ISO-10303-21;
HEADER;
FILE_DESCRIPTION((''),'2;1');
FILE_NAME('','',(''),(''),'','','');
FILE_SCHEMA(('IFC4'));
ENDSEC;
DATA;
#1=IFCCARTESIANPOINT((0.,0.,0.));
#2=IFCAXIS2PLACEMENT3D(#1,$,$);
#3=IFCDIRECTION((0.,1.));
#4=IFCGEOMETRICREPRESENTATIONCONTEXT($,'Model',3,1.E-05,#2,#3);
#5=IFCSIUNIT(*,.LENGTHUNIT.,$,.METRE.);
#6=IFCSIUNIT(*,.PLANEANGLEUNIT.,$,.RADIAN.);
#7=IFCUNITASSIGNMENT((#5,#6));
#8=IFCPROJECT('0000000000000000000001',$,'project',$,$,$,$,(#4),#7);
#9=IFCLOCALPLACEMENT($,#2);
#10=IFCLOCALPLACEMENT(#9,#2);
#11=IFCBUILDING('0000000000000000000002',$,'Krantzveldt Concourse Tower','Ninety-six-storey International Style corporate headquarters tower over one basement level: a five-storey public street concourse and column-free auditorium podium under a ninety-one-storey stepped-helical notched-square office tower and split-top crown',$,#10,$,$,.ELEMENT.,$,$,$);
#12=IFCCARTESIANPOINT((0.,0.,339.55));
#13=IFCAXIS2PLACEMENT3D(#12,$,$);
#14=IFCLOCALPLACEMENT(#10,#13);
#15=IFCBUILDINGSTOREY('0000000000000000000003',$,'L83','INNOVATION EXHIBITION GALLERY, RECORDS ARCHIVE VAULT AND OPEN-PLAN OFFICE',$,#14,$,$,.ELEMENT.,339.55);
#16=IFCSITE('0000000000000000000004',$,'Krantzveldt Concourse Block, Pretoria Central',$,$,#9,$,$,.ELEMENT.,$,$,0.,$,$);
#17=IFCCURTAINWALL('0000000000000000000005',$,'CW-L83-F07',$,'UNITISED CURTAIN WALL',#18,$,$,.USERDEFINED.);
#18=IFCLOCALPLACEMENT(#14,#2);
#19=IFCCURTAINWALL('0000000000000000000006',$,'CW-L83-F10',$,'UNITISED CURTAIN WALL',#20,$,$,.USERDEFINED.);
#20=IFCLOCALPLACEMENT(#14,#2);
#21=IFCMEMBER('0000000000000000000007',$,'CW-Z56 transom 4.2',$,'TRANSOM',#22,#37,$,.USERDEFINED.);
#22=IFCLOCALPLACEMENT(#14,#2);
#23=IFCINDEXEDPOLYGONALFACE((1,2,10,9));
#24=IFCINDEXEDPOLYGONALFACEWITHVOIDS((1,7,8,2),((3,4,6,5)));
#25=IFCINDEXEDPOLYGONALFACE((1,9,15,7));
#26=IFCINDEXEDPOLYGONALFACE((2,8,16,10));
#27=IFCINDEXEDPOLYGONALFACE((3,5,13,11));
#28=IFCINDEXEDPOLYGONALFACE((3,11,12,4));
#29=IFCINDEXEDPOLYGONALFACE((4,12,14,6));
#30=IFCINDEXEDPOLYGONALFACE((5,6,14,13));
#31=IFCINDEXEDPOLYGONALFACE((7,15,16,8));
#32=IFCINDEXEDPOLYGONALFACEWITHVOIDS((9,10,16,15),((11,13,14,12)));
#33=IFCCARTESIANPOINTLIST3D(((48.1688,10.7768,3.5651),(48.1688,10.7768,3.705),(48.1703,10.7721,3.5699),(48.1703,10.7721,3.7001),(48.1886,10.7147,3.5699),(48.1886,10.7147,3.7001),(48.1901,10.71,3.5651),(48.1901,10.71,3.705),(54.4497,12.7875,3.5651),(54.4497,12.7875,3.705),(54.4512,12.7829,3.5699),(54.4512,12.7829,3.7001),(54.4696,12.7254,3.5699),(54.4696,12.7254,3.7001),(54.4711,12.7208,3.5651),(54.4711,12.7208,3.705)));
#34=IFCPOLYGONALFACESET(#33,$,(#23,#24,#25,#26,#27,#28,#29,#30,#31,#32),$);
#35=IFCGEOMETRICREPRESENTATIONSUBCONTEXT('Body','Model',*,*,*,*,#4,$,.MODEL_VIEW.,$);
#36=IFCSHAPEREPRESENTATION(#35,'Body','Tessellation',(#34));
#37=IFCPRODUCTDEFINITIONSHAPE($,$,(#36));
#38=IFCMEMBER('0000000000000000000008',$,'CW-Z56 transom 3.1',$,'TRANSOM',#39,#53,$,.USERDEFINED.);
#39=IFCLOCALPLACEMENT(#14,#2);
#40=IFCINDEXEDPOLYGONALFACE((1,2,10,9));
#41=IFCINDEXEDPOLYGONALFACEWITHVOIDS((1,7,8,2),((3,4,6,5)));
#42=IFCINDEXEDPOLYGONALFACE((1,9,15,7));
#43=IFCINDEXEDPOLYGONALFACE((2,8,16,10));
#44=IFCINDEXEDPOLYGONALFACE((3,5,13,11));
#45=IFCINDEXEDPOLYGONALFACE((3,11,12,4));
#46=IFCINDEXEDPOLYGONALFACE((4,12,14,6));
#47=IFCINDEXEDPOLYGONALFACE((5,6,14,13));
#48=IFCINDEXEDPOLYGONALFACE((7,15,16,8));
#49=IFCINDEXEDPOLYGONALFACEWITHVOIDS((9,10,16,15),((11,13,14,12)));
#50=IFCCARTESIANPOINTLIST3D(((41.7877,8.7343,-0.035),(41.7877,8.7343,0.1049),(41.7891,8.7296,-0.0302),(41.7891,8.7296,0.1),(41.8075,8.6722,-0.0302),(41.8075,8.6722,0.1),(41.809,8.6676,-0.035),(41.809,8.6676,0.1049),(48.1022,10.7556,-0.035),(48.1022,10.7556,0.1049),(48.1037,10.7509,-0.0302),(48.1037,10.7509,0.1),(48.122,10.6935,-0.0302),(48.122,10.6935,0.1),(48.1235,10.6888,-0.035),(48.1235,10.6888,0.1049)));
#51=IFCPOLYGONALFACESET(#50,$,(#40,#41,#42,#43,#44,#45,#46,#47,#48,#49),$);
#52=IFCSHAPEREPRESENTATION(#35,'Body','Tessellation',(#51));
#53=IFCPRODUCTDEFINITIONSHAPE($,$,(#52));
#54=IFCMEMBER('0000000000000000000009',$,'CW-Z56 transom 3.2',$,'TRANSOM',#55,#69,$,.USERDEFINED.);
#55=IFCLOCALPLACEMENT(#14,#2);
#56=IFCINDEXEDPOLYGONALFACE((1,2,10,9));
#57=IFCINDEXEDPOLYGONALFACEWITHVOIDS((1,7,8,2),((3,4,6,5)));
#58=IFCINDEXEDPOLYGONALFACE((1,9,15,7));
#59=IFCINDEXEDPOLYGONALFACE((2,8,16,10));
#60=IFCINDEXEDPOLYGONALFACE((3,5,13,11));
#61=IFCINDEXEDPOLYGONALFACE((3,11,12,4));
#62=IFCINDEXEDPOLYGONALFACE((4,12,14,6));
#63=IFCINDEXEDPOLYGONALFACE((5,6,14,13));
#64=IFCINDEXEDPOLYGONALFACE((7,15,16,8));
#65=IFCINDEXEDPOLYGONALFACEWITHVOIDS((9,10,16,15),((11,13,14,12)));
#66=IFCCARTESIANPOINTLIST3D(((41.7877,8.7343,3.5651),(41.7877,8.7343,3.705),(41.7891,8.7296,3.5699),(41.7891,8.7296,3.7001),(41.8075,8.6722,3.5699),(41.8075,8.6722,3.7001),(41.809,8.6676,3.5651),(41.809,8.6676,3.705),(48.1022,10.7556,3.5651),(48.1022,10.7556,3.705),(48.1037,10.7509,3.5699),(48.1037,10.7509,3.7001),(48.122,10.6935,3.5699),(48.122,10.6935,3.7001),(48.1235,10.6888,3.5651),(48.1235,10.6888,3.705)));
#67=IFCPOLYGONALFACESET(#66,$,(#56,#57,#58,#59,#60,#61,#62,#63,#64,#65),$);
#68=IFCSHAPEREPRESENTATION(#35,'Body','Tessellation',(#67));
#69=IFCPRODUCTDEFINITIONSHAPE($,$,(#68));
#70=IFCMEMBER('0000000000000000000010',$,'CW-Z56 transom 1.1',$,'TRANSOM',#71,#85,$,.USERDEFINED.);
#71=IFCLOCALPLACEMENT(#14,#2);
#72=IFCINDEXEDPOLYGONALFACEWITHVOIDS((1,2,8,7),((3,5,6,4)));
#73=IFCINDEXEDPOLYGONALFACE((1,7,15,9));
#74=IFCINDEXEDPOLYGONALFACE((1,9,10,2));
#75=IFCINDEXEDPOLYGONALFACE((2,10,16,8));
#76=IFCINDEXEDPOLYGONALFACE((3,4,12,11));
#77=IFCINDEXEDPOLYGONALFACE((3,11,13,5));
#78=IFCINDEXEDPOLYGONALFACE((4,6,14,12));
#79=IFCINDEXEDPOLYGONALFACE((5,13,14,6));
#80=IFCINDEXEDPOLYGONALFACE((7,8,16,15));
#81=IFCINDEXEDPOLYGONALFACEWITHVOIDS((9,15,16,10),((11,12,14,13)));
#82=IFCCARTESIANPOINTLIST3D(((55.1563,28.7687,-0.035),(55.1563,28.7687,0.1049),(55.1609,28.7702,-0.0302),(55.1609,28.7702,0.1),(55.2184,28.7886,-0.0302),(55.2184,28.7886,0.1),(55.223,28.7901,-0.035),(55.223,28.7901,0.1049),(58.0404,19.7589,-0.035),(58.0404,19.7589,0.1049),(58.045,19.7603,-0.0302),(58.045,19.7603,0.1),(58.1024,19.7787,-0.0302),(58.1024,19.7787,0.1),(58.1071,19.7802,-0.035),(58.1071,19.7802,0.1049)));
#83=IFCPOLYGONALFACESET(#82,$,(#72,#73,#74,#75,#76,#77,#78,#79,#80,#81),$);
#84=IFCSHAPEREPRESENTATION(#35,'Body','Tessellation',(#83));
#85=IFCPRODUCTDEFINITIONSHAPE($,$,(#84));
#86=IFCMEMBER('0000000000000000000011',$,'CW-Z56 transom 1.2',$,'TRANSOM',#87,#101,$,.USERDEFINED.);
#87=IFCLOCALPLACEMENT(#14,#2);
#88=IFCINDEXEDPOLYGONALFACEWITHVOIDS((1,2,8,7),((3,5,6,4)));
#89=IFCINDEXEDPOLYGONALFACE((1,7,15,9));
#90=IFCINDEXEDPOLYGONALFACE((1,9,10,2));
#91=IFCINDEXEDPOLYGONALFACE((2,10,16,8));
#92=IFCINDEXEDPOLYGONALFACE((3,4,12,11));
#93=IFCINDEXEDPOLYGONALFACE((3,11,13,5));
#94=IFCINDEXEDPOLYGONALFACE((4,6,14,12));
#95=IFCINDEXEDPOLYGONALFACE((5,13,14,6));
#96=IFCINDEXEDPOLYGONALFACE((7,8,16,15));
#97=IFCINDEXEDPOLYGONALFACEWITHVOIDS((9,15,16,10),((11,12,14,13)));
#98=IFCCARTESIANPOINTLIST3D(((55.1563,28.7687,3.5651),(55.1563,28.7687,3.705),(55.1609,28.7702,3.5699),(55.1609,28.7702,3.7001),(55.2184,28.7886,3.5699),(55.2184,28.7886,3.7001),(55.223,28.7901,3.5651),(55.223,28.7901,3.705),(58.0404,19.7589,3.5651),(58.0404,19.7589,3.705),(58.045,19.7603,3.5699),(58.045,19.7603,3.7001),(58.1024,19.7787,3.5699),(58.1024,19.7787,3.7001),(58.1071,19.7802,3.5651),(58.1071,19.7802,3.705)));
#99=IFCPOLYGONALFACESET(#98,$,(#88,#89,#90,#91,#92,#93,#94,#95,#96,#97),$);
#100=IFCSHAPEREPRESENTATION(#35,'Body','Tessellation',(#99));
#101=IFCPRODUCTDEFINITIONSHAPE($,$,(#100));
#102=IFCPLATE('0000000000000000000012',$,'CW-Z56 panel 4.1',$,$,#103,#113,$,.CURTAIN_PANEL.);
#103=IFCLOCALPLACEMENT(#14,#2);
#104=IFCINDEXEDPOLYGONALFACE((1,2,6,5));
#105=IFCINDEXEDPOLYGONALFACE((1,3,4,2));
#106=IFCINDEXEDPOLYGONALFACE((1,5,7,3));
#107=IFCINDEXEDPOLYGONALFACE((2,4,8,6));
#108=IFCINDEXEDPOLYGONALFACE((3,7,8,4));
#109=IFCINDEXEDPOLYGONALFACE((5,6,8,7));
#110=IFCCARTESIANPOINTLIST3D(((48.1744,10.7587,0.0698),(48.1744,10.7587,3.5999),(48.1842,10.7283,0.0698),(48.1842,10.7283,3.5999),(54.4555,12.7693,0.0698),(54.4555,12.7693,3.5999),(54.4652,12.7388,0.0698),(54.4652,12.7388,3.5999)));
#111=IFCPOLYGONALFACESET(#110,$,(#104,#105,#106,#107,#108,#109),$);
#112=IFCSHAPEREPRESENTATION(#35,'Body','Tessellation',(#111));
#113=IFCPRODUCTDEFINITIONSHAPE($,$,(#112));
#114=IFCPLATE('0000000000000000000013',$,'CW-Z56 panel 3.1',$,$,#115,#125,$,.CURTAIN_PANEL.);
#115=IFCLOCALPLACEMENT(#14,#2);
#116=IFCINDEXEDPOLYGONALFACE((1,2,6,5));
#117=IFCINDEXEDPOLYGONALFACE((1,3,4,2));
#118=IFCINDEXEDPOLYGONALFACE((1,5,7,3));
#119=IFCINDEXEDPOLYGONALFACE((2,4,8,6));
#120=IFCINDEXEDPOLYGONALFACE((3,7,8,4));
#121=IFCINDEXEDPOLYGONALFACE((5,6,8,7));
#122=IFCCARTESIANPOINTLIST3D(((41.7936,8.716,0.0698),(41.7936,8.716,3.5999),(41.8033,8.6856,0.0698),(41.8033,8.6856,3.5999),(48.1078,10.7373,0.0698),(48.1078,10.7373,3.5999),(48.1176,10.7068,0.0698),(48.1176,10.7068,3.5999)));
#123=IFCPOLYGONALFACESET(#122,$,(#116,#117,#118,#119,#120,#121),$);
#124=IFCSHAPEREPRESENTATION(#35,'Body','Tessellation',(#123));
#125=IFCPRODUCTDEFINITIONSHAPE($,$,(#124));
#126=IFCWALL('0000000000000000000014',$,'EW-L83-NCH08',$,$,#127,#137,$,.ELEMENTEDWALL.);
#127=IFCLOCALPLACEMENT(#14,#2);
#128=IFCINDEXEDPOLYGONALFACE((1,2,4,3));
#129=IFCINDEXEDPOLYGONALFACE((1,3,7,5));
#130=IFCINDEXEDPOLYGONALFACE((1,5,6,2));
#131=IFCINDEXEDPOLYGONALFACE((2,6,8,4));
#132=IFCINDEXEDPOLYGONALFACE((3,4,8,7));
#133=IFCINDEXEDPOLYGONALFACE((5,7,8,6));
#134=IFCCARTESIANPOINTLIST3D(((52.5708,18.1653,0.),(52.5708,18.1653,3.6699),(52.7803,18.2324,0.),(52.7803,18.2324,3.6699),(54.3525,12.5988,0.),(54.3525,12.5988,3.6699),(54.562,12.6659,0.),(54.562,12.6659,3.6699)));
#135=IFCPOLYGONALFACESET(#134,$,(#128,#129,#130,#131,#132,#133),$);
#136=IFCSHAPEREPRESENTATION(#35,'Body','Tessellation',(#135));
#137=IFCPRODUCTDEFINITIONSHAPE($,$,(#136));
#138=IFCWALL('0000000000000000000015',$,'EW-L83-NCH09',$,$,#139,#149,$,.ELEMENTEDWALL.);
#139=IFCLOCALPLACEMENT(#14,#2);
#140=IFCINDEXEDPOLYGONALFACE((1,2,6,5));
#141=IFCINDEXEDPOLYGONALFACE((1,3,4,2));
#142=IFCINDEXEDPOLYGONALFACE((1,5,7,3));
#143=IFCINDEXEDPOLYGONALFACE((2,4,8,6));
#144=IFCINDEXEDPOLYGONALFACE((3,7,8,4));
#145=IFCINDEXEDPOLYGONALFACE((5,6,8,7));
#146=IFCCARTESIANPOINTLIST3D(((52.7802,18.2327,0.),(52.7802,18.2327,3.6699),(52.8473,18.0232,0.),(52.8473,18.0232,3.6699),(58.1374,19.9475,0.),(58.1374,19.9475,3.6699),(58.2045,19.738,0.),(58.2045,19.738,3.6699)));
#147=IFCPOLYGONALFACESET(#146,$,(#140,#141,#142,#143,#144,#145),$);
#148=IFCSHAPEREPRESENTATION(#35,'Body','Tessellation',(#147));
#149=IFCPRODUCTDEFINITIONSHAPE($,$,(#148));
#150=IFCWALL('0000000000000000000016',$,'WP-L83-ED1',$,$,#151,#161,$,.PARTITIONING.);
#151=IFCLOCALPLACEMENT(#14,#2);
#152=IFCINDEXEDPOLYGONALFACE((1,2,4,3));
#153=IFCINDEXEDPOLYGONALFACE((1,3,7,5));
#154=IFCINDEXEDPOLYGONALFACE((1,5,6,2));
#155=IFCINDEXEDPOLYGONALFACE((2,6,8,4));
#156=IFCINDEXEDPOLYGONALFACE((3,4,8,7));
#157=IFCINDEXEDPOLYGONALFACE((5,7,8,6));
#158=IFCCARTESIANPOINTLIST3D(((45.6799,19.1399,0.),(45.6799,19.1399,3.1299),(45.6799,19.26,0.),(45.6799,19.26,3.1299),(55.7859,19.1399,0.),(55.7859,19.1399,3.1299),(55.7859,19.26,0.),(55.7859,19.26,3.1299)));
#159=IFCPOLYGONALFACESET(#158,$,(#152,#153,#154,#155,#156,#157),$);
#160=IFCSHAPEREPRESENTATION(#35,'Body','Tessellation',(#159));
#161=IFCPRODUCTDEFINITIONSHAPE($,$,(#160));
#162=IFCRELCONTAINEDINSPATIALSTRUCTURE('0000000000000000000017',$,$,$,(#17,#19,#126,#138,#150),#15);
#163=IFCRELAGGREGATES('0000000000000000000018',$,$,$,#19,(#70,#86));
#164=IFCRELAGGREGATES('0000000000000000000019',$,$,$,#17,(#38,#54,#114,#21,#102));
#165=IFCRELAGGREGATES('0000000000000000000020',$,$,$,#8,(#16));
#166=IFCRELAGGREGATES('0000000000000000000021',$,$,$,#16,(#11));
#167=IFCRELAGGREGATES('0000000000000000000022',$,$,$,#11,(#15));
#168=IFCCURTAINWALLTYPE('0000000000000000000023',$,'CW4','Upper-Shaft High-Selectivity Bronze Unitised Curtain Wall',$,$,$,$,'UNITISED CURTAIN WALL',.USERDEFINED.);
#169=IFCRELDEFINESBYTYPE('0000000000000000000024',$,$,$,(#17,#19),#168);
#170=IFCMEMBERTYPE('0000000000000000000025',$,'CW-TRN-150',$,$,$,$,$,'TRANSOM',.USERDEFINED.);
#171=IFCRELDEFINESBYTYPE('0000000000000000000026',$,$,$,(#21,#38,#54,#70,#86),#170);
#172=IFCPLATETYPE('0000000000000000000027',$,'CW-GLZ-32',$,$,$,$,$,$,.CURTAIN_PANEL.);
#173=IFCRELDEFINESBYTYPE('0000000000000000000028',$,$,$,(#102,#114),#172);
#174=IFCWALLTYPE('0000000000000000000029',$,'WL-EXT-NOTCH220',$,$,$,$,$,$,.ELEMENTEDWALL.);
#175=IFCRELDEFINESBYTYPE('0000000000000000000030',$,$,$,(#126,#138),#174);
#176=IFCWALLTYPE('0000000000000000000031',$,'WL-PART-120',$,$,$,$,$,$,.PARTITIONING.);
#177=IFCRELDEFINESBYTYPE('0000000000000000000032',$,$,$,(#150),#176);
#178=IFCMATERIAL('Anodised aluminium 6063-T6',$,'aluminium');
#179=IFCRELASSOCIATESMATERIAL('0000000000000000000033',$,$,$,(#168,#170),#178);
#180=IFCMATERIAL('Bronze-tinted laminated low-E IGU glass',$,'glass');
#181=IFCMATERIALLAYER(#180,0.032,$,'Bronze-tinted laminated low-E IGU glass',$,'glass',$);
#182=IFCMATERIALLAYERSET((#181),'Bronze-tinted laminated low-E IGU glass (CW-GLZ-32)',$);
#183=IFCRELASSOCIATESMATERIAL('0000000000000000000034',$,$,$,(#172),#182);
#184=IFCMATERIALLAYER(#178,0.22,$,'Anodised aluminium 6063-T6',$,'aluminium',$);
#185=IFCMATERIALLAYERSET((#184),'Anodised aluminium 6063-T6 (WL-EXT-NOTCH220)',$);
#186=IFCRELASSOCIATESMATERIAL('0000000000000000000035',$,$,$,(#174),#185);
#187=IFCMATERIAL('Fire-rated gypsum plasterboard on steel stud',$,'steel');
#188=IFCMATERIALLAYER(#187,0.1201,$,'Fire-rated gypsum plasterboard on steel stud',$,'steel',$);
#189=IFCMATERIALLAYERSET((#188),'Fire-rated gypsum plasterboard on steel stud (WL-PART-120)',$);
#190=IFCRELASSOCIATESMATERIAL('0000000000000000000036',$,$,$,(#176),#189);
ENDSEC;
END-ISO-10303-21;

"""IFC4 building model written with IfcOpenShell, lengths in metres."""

from ifc_helpers import new_model, si_unit, direction, frame, frame_2d, origin, origin_2d, place, context, subcontext, project, spatial, rectangle, hollow_rectangle, extrude, source, transform, mapped, material, layer, layer_set, material_profile, profile_set, type_object, type_shapes, element, aggregate, save


model = new_model("IFC4")

# Units and contexts
model_context = context("Model", 3, precision=1e-05, world=origin(), true_north=direction((0.0, 1.0)))
body_context = subcontext(model_context, "Body", "Model", "MODEL_VIEW")
ifc_project = project(units=[si_unit("LENGTHUNIT", "METRE"), si_unit("PLANEANGLEUNIT", "RADIAN")], contexts=[model_context])

# Site, building, storey
site_placement = place(None, origin())
site = spatial("IfcSite", under=ifc_project, at=site_placement, Name="Krantzveldt Concourse Block, Pretoria Central", CompositionType="ELEMENT", RefElevation=0.0)
building_placement = place(site_placement, origin())
building = spatial("IfcBuilding", under=site, at=building_placement, Name="Krantzveldt Concourse Tower", Description="Ninety-six-storey International Style corporate headquarters tower over one basement level: a five-storey public street concourse and column-free auditorium podium under a ninety-one-storey stepped-helical notched-square office tower and split-top crown", CompositionType="ELEMENT")
storey_placement = place(building_placement, frame((0.0, 0.0, 339.55)))
storey = spatial("IfcBuildingStorey", under=building, at=storey_placement, Name="L83", Description="INNOVATION EXHIBITION GALLERY, RECORDS ARCHIVE VAULT AND OPEN-PLAN OFFICE", CompositionType="ELEMENT", Elevation=339.55)

# Curtain wall
ifc_material_1 = material(Name="Anodised aluminium 6063-T6", Category="aluminium")
curtain_wall_type = type_object("IfcCurtainWallType", Name="CW4", Description="Upper-Shaft High-Selectivity Bronze Unitised Curtain Wall", ElementType="UNITISED CURTAIN WALL", PredefinedType="USERDEFINED", material=ifc_material_1)
curtain_wall_1_placement = place(storey_placement, origin())
curtain_wall_1 = element("IfcCurtainWall", 1, at=curtain_wall_1_placement, inside=storey, type_object=curtain_wall_type, Name="CW-L83-F07", ObjectType="UNITISED CURTAIN WALL", PredefinedType="USERDEFINED")

# Curtain wall
curtain_wall_2_placement = place(storey_placement, origin())
curtain_wall_2 = element("IfcCurtainWall", 2, at=curtain_wall_2_placement, inside=storey, type_object=curtain_wall_type, Name="CW-L83-F10", ObjectType="UNITISED CURTAIN WALL", PredefinedType="USERDEFINED")

# Members
ifc_material_profile_1 = material_profile(ifc_material_1, hollow_rectangle(XDim=0.0701, YDim=0.1399, WallThickness=0.0049, at=origin_2d()), Name="Anodised aluminium 6063-T6", Category="aluminium")
ifc_profile_set_1 = profile_set([ifc_material_profile_1], Name="Anodised aluminium 6063-T6 - ALU-TRAN 140x70x5")
member_type_1 = type_object("IfcMemberType", Name="CW-TRN-150", ElementType="TRANSOM", PredefinedType="USERDEFINED", material=ifc_profile_set_1)
shared_shape_1 = source(origin(), body_context, "Body", "SweptSolid", [
    extrude(hollow_rectangle(XDim=0.0701, YDim=0.1399, WallThickness=0.0049, at=origin_2d()), origin(), (0.0, 0.0, 1.0), 6.595),
])
member_1_placement = place(storey_placement, frame((48.1794, 10.7434, 3.635), z_axis=(0.952388, 0.304889, 0.0), x_axis=(-0.304889, 0.952388, 0.0)))
member_1 = element("IfcMember", 3, at=member_1_placement, type_object=member_type_1, Name="CW-Z56 transom 4.2", ObjectType="TRANSOM", PredefinedType="USERDEFINED", context=body_context, shape_type="MappedRepresentation", body=[
    mapped(shared_shape_1, transform((0.0, 0.0, 0.0), x_axis=(1.0, 0.0, 0.0), y_axis=(0.0, 1.0, 0.0), z_axis=(0.0, 0.0, 1.0), scale=1.0)),
])
shared_shape_2 = source(origin(), body_context, "Body", "SweptSolid", [
    extrude(hollow_rectangle(XDim=0.0701, YDim=0.1399, WallThickness=0.0049, at=origin_2d()), origin(), (0.0, 0.0, 1.0), 6.6301),
])
member_2_placement = place(storey_placement, frame((41.7983, 8.7009, 0.0349), z_axis=(0.952397, 0.30486, 0.0), x_axis=(-0.30486, 0.952397, 0.0)))
member_2 = element("IfcMember", 4, at=member_2_placement, type_object=member_type_1, Name="CW-Z56 transom 3.1", ObjectType="TRANSOM", PredefinedType="USERDEFINED", context=body_context, shape_type="MappedRepresentation", body=[
    mapped(shared_shape_2, transform((0.0, 0.0, 0.0), x_axis=(1.0, 0.0, 0.0), y_axis=(0.0, 1.0, 0.0), z_axis=(0.0, 0.0, 1.0), scale=1.0)),
])
member_3_placement = place(storey_placement, frame((41.7983, 8.7009, 3.635), z_axis=(0.952397, 0.30486, 0.0), x_axis=(-0.30486, 0.952397, 0.0)))
member_3 = element("IfcMember", 5, at=member_3_placement, type_object=member_type_1, Name="CW-Z56 transom 3.2", ObjectType="TRANSOM", PredefinedType="USERDEFINED", context=body_context, shape_type="MappedRepresentation", body=[
    mapped(shared_shape_2, transform((0.0, 0.0, 0.0), x_axis=(1.0, 0.0, 0.0), y_axis=(0.0, 1.0, 0.0), z_axis=(0.0, 0.0, 1.0), scale=1.0)),
])
shared_shape_3 = source(origin(), body_context, "Body", "SweptSolid", [
    extrude(hollow_rectangle(XDim=0.0701, YDim=0.1399, WallThickness=0.0049, at=origin_2d()), origin(), (0.0, 0.0, 1.0), 9.4602),
])
type_shapes(member_type_1, [shared_shape_1, shared_shape_2, shared_shape_3])
member_4_placement = place(storey_placement, frame((58.0737, 19.7695, 0.0349), z_axis=(-0.304863, 0.952396, 0.0), x_axis=(-0.952396, -0.304863, 0.0)))
member_4 = element("IfcMember", 6, at=member_4_placement, type_object=member_type_1, Name="CW-Z56 transom 1.1", ObjectType="TRANSOM", PredefinedType="USERDEFINED", context=body_context, shape_type="MappedRepresentation", body=[
    mapped(shared_shape_3, transform((0.0, 0.0, 0.0), x_axis=(1.0, 0.0, 0.0), y_axis=(0.0, 1.0, 0.0), z_axis=(0.0, 0.0, 1.0), scale=1.0)),
])
member_5_placement = place(storey_placement, frame((58.0737, 19.7695, 3.635), z_axis=(-0.304863, 0.952396, 0.0), x_axis=(-0.952396, -0.304863, 0.0)))
member_5 = element("IfcMember", 7, at=member_5_placement, type_object=member_type_1, Name="CW-Z56 transom 1.2", ObjectType="TRANSOM", PredefinedType="USERDEFINED", context=body_context, shape_type="MappedRepresentation", body=[
    mapped(shared_shape_3, transform((0.0, 0.0, 0.0), x_axis=(1.0, 0.0, 0.0), y_axis=(0.0, 1.0, 0.0), z_axis=(0.0, 0.0, 1.0), scale=1.0)),
])
aggregate(curtain_wall_2, [member_4, member_5])

# Plates
ifc_material_2 = material(Name="Bronze-tinted laminated low-E IGU glass", Category="glass")
ifc_layer_1 = layer(ifc_material_2, 0.032, Name="Bronze-tinted laminated low-E IGU glass", Category="glass")
ifc_layer_set_1 = layer_set([ifc_layer_1], Name="Bronze-tinted laminated low-E IGU glass (CW-GLZ-32)")
plate_type = type_object("IfcPlateType", Name="CW-GLZ-32", PredefinedType="CURTAIN_PANEL", material=ifc_layer_set_1)
shared_shape_4 = source(origin(), body_context, "Body", "SweptSolid", [
    extrude(rectangle(XDim=6.595, YDim=0.032, at=origin_2d()), origin(), (0.0, 0.0, 1.0), 3.53),
])
plate_1_placement = place(storey_placement, frame((51.3198, 11.7488, 0.0698), z_axis=(0.0, 0.0, 1.0), x_axis=(0.952396, 0.304864, 0.0)))
plate_1 = element("IfcPlate", 8, at=plate_1_placement, type_object=plate_type, Name="CW-Z56 panel 4.1", PredefinedType="CURTAIN_PANEL", context=body_context, shape_type="MappedRepresentation", body=[
    mapped(shared_shape_4, transform((0.0, 0.0, 0.0), x_axis=(1.0, 0.0, 0.0), y_axis=(0.0, 1.0, 0.0), z_axis=(0.0, 0.0, 1.0), scale=1.0)),
])
shared_shape_5 = source(origin(), body_context, "Body", "SweptSolid", [
    extrude(rectangle(XDim=6.6299, YDim=0.032, at=origin_2d()), origin(), (0.0, 0.0, 1.0), 3.53),
])
type_shapes(plate_type, [shared_shape_4, shared_shape_5])
plate_2_placement = place(storey_placement, frame((44.9556, 9.7114, 0.0698), z_axis=(0.0, 0.0, 1.0), x_axis=(0.952396, 0.304864, 0.0)))
plate_2 = element("IfcPlate", 9, at=plate_2_placement, type_object=plate_type, Name="CW-Z56 panel 3.1", PredefinedType="CURTAIN_PANEL", context=body_context, shape_type="MappedRepresentation", body=[
    mapped(shared_shape_5, transform((0.0, 0.0, 0.0), x_axis=(1.0, 0.0, 0.0), y_axis=(0.0, 1.0, 0.0), z_axis=(0.0, 0.0, 1.0), scale=1.0)),
])
aggregate(curtain_wall_1, [member_2, member_3, plate_2, member_1, plate_1])

# Walls
ifc_layer_2 = layer(ifc_material_1, 0.22, Name="Anodised aluminium 6063-T6", Category="aluminium")
ifc_layer_set_2 = layer_set([ifc_layer_2], Name="Anodised aluminium 6063-T6 (WL-EXT-NOTCH220)")
wall_type_1 = type_object("IfcWallType", Name="WL-EXT-NOTCH220", PredefinedType="ELEMENTEDWALL", material=ifc_layer_set_2)
wall_1_placement = place(storey_placement, frame((54.4573, 12.6323, 0.0), z_axis=(0.0, 0.0, 1.0), x_axis=(-0.304839, 0.952404, 0.0)))
element("IfcWall", 10, at=wall_1_placement, inside=storey, type_object=wall_type_1, Name="EW-L83-NCH08", PredefinedType="ELEMENTEDWALL", context=body_context, shape_type="SweptSolid", body=[
    extrude(rectangle(XDim=5.8447, YDim=0.22, at=frame_2d((2.9224, 0.0))), origin(), (0.0, 0.0, 1.0), 3.6699),
])
wall_2_placement = place(storey_placement, frame((52.8137, 18.1279, 0.0), z_axis=(0.0, 0.0, 1.0), x_axis=(0.952396, 0.304864, 0.0)))
element("IfcWall", 11, at=wall_2_placement, inside=storey, type_object=wall_type_1, Name="EW-L83-NCH09", PredefinedType="ELEMENTEDWALL", context=body_context, shape_type="SweptSolid", body=[
    extrude(rectangle(XDim=5.625, YDim=0.22, at=frame_2d((2.8125, 0.0))), origin(), (0.0, 0.0, 1.0), 3.6699),
])
ifc_material_3 = material(Name="Fire-rated gypsum plasterboard on steel stud", Category="steel")
ifc_layer_3 = layer(ifc_material_3, 0.1201, Name="Fire-rated gypsum plasterboard on steel stud", Category="steel")
ifc_layer_set_3 = layer_set([ifc_layer_3], Name="Fire-rated gypsum plasterboard on steel stud (WL-PART-120)")
wall_type_2 = type_object("IfcWallType", Name="WL-PART-120", PredefinedType="PARTITIONING", material=ifc_layer_set_3)
wall_3_placement = place(storey_placement, frame((45.6799, 19.2, 0.0), z_axis=(0.0, 0.0, 1.0), x_axis=(1.0, 0.0, 0.0)))
element("IfcWall", 12, at=wall_3_placement, inside=storey, type_object=wall_type_2, Name="WP-L83-ED1", PredefinedType="PARTITIONING", context=body_context, shape_type="SweptSolid", body=[
    extrude(rectangle(XDim=10.106, YDim=0.1201, at=frame_2d((5.053, 0.0))), origin(), (0.0, 0.0, 1.0), 3.1299),
])

save(model, "model.ifc")
